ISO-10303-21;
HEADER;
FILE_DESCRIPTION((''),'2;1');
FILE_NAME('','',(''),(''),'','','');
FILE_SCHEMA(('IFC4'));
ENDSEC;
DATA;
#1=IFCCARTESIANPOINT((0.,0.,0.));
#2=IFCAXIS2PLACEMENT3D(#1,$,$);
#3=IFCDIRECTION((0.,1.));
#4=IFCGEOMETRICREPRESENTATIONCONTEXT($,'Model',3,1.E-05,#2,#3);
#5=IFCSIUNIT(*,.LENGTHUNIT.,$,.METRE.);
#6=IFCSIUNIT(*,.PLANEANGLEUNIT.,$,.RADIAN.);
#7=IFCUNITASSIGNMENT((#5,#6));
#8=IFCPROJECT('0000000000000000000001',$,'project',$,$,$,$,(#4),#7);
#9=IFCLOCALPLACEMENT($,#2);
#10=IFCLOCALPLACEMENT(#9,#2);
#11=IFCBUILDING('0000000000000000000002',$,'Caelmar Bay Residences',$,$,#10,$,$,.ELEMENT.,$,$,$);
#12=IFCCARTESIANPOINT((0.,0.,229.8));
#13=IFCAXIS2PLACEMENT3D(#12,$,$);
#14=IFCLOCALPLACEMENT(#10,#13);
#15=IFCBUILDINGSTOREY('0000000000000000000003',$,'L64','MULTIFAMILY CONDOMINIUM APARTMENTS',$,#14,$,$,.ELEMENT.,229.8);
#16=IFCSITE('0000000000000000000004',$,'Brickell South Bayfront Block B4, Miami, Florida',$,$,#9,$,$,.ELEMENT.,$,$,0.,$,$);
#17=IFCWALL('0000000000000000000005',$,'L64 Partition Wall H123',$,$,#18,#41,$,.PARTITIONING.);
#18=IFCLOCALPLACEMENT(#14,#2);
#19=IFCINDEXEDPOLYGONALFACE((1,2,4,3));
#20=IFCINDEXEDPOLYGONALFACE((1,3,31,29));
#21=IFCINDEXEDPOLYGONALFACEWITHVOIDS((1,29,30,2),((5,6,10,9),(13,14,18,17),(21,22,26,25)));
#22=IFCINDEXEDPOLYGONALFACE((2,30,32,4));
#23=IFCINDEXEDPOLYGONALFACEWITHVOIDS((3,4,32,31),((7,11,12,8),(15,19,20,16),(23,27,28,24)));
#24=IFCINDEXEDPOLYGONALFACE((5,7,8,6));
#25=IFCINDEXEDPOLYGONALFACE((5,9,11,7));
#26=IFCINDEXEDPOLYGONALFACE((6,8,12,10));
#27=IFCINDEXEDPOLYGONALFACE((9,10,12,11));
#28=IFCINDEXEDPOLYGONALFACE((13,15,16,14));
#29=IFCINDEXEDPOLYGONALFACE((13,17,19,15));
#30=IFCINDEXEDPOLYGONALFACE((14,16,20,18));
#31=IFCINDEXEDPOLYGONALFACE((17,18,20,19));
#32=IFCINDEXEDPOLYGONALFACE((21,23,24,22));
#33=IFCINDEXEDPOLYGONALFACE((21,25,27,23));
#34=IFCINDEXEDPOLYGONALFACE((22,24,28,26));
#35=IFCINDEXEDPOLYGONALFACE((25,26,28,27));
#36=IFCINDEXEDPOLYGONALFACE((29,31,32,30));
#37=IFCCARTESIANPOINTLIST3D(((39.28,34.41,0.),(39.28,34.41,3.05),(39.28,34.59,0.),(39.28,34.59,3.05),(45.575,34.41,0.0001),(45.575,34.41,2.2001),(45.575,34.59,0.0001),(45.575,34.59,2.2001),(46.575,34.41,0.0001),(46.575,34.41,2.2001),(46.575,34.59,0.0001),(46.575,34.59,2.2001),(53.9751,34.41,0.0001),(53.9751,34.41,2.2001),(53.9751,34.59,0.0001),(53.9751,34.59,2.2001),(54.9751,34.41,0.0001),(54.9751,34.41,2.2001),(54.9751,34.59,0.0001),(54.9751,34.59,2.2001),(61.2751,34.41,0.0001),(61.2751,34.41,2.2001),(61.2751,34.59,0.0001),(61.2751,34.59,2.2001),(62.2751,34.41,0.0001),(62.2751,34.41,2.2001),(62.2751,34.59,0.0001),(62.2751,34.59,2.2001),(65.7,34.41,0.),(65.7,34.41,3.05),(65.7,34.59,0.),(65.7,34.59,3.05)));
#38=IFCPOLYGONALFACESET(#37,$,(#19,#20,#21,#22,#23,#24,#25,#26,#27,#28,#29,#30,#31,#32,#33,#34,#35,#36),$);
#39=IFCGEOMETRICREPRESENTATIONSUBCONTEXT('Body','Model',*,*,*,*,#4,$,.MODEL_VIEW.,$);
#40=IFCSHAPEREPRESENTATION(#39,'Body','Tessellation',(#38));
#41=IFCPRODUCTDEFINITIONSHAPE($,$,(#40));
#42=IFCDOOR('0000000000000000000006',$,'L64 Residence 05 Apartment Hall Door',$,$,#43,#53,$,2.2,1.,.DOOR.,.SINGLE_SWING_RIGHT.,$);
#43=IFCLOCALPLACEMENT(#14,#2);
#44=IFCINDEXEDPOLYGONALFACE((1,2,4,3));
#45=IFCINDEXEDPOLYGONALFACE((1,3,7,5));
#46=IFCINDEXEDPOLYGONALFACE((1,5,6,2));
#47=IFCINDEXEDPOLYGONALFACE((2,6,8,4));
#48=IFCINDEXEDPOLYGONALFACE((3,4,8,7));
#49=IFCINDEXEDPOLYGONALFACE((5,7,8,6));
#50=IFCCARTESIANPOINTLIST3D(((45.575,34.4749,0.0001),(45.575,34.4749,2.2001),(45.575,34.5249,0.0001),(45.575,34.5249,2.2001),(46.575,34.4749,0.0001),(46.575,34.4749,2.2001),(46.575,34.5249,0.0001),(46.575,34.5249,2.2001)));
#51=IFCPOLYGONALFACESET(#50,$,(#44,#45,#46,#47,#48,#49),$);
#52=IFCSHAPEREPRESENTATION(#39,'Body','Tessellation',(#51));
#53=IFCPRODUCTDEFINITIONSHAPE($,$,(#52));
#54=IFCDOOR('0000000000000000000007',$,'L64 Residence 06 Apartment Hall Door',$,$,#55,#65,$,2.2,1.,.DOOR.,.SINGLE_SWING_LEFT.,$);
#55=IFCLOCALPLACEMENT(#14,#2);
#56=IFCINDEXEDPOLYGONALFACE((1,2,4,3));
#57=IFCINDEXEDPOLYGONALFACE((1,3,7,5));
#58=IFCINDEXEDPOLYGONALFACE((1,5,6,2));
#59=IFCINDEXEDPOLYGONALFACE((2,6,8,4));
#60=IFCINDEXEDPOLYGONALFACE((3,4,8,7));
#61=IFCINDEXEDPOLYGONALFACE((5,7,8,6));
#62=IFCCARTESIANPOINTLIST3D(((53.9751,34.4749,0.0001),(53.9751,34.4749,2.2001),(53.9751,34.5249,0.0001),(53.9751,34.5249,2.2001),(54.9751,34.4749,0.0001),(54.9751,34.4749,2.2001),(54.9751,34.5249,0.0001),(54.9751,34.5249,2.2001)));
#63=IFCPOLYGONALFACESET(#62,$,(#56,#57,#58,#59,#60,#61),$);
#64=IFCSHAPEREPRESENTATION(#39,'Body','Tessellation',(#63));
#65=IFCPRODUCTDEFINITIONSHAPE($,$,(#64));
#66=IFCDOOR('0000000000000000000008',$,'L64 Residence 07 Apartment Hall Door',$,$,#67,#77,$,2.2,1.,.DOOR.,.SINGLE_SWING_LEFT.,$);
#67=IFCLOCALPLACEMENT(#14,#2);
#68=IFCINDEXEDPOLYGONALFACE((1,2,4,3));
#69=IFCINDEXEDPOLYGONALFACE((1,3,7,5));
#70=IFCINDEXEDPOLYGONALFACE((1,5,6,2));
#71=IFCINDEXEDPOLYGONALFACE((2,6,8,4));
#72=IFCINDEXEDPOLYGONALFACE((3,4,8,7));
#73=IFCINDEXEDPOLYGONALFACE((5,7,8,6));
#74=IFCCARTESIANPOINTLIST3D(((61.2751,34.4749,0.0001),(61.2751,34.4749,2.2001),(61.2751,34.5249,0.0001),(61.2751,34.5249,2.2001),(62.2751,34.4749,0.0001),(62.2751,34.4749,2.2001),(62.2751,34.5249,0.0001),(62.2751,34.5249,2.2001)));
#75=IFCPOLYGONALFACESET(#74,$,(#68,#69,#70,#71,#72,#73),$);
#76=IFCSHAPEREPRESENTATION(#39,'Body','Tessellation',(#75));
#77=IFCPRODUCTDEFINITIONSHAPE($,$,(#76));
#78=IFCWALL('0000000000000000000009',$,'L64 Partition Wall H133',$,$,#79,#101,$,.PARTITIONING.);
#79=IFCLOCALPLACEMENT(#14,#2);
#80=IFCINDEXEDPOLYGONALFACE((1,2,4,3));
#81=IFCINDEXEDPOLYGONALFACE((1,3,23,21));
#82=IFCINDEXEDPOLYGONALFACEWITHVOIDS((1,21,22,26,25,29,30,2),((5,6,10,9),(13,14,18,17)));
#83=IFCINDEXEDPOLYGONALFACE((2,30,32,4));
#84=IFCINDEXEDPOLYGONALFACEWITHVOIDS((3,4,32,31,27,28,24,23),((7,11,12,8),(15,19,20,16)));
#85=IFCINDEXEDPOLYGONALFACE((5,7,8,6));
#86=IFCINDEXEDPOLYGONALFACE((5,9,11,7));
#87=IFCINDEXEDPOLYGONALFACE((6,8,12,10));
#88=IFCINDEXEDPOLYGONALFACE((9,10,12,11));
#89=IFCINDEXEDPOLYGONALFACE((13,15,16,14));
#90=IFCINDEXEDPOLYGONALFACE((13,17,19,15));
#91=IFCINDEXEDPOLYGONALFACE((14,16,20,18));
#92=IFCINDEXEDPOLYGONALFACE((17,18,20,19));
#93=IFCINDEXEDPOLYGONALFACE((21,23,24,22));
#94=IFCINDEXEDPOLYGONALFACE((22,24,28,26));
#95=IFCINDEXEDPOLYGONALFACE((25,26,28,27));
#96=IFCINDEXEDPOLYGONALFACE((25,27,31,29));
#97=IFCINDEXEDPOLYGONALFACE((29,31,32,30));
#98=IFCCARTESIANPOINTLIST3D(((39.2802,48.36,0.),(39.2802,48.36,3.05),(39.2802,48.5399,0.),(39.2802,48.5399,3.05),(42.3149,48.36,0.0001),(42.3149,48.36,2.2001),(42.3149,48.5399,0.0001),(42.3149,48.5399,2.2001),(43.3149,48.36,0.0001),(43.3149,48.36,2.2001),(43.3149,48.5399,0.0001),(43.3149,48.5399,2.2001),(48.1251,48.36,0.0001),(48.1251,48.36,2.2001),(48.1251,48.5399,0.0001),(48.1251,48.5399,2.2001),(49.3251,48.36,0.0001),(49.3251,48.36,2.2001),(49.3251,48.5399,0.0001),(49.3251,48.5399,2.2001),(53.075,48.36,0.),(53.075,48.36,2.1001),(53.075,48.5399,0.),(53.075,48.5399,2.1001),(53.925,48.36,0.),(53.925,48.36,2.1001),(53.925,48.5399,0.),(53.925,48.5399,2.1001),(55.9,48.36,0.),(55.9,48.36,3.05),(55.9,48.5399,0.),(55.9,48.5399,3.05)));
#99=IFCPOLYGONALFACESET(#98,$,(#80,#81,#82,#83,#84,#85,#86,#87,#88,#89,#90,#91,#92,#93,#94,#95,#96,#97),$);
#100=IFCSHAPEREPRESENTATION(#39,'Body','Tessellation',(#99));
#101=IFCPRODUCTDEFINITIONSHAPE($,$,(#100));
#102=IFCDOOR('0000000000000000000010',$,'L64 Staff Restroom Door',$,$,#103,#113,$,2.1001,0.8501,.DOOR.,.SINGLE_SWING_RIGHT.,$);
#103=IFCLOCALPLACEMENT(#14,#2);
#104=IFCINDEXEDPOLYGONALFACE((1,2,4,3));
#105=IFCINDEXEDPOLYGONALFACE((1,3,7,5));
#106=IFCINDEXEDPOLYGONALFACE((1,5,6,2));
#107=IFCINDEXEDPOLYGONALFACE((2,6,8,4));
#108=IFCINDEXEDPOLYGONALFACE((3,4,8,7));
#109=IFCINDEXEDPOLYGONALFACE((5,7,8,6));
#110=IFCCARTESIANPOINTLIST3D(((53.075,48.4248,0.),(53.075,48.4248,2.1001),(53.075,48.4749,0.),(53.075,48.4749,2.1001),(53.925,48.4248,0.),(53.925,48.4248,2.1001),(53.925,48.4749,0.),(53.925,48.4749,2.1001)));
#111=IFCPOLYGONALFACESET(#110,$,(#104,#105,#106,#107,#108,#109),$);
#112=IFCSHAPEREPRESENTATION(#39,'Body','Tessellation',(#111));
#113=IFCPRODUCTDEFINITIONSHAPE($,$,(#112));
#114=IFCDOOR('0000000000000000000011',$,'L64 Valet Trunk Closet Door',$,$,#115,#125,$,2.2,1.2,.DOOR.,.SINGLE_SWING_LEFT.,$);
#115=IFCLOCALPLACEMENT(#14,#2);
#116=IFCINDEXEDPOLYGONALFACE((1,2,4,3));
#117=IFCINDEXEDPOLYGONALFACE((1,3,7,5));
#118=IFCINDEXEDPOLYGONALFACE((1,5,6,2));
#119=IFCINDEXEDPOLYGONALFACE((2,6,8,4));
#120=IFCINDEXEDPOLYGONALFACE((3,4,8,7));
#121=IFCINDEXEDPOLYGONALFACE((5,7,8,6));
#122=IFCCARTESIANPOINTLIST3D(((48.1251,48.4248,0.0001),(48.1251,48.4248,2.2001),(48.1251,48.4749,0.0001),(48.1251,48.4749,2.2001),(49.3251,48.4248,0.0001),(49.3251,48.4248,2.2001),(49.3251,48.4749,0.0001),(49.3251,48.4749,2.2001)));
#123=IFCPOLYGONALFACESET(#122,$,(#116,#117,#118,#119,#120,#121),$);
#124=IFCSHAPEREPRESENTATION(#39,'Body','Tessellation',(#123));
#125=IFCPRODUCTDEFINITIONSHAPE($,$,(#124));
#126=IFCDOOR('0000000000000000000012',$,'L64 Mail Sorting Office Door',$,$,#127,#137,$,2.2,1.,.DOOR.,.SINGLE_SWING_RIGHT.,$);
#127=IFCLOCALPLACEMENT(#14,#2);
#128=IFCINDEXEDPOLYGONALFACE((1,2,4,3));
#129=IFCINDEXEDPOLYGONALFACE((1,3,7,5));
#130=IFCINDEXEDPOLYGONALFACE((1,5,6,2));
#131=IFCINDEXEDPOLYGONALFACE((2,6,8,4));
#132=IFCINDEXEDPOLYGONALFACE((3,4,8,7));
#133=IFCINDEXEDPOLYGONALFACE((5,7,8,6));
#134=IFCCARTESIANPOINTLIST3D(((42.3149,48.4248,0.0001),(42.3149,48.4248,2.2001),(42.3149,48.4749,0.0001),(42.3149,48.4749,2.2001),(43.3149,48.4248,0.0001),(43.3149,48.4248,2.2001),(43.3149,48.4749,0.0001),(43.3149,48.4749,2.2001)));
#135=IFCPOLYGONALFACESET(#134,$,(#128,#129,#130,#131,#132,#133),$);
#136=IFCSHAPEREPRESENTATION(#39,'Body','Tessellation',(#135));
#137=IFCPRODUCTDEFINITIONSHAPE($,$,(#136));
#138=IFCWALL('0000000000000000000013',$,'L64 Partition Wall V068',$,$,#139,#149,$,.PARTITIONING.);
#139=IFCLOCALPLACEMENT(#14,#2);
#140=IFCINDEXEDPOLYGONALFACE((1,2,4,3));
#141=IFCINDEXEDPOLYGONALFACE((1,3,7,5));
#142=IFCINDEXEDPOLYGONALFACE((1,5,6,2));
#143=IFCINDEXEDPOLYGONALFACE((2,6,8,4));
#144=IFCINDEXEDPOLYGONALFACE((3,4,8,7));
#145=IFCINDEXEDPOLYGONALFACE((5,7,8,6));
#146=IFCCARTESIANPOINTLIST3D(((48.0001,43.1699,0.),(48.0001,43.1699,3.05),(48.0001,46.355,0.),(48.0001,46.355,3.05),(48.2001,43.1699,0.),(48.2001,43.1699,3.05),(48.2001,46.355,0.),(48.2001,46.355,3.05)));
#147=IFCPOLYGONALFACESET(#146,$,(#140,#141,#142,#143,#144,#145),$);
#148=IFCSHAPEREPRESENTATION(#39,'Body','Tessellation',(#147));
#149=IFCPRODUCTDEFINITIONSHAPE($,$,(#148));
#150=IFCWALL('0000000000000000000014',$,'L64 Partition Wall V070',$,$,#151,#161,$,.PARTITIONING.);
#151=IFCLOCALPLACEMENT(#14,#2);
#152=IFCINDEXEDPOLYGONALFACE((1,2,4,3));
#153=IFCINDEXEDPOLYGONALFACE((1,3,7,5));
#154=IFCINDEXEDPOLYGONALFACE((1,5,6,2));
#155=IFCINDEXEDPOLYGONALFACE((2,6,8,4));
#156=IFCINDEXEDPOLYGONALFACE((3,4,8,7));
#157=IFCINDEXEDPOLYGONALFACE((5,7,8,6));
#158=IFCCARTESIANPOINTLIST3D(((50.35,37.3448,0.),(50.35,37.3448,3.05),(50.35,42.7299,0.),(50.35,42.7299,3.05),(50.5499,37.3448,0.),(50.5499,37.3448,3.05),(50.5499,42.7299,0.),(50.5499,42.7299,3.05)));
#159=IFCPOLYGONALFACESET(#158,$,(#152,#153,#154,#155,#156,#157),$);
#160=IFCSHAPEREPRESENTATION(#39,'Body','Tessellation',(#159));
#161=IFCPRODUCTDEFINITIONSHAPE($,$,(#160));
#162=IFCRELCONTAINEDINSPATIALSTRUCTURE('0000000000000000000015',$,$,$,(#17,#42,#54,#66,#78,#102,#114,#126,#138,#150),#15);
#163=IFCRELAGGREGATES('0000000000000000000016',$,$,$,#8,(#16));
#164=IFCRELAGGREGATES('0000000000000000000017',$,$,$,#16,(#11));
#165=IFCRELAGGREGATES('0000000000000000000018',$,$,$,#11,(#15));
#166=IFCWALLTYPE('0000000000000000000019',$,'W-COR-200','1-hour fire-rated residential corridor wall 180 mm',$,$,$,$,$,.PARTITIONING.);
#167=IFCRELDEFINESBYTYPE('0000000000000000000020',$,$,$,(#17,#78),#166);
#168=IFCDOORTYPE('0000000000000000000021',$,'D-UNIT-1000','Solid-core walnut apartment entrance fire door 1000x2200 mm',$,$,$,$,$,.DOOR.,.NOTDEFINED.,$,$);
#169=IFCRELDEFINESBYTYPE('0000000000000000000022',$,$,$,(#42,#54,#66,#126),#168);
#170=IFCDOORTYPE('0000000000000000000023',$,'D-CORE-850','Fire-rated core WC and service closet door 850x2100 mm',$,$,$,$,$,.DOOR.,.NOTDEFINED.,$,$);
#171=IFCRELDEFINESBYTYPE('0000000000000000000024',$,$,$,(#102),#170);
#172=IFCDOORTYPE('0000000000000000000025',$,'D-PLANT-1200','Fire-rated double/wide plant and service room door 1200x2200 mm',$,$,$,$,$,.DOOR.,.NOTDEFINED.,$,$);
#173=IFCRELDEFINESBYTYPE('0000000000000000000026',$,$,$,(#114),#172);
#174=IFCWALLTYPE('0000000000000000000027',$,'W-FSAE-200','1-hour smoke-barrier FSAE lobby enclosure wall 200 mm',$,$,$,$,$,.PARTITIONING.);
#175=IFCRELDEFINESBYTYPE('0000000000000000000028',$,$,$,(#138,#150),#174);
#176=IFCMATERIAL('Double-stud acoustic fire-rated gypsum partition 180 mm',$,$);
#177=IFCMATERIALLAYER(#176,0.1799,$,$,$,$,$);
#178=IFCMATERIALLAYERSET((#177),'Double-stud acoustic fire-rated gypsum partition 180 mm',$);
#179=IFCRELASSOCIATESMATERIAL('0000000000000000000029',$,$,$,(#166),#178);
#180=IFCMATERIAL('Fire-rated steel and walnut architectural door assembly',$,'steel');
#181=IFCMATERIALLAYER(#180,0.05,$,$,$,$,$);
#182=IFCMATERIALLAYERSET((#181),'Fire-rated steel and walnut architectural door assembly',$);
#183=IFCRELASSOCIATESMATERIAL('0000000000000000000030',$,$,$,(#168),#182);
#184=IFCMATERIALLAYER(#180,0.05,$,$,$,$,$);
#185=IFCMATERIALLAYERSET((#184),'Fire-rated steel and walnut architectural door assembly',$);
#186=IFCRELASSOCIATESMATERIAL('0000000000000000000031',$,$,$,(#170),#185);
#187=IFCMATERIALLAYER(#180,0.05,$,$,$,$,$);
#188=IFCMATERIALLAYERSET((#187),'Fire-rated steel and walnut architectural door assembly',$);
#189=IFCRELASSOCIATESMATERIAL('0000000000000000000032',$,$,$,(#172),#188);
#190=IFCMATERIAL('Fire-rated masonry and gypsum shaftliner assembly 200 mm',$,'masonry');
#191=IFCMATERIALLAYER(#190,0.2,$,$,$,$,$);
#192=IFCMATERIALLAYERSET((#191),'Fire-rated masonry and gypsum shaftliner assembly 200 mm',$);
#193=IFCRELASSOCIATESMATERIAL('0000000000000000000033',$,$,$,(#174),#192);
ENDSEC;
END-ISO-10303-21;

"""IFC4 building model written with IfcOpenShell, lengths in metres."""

from ifc_helpers import new_model, si_unit, direction, frame, frame_2d, origin, place, context, subcontext, project, spatial, rectangle, extrude, material, layer, layer_set, type_object, element, fill, save


model = new_model("IFC4")

# Units and contexts
model_context = context("Model", 3, precision=1e-05, world=origin(), true_north=direction((0.0, 1.0)))
body_context = subcontext(model_context, "Body", "Model", "MODEL_VIEW")
ifc_project = project(units=[si_unit("LENGTHUNIT", "METRE"), si_unit("PLANEANGLEUNIT", "RADIAN")], contexts=[model_context])

# Site, building, storey
site_placement = place(None, origin())
site = spatial("IfcSite", under=ifc_project, at=site_placement, Name="Brickell South Bayfront Block B4, Miami, Florida", CompositionType="ELEMENT", RefElevation=0.0)
building_placement = place(site_placement, origin())
building = spatial("IfcBuilding", under=site, at=building_placement, Name="Caelmar Bay Residences", CompositionType="ELEMENT")
storey_placement = place(building_placement, frame((0.0, 0.0, 229.8)))
storey = spatial("IfcBuildingStorey", under=building, at=storey_placement, Name="L64", Description="MULTIFAMILY CONDOMINIUM APARTMENTS", CompositionType="ELEMENT", Elevation=229.8)

# Shared definitions
ifc_material_1 = material(Name="Double-stud acoustic fire-rated gypsum partition 180 mm")
ifc_layer_1 = layer(ifc_material_1, 0.1799)
ifc_layer_set_1 = layer_set([ifc_layer_1], Name="Double-stud acoustic fire-rated gypsum partition 180 mm")
wall_type_1 = type_object("IfcWallType", Name="W-COR-200", Description="1-hour fire-rated residential corridor wall 180 mm", PredefinedType="PARTITIONING", material=ifc_layer_set_1)

# Walls, openings, doors
wall_1_placement = place(storey_placement, frame((39.28, 34.5, 0.0), z_axis=(0.0, 0.0, 1.0), x_axis=(1.0, 0.0, 0.0)))
wall_1 = element("IfcWall", 1, at=wall_1_placement, inside=storey, type_object=wall_type_1, Name="L64 Partition Wall H123", PredefinedType="PARTITIONING", context=body_context, shape_type="SweptSolid", body=[
    extrude(rectangle(XDim=26.4199, YDim=0.1799, at=frame_2d((13.21, 0.0))), origin(), (0.0, 0.0, 1.0), 3.05),
])
opening_1_placement = place(wall_1_placement, frame((6.2949, 0.0, 0.0)))
opening_1 = element("IfcOpeningElement", 2, at=opening_1_placement, cuts=wall_1, PredefinedType="OPENING", context=body_context, shape_type="SweptSolid", body=[
    extrude(rectangle(XDim=1.0, YDim=2.2, at=frame_2d((0.5, 1.1001))), frame((0.0, 0.0999, 0.0), z_axis=(0.0, -1.0, 0.0), x_axis=(1.0, 0.0, 0.0)), (0.0, 0.0, 1.0), 0.2),
])
opening_2_placement = place(wall_1_placement, frame((14.6951, 0.0, 0.0)))
opening_2 = element("IfcOpeningElement", 3, at=opening_2_placement, cuts=wall_1, PredefinedType="OPENING", context=body_context, shape_type="SweptSolid", body=[
    extrude(rectangle(XDim=1.0, YDim=2.2, at=frame_2d((0.5, 1.1001))), frame((0.0, 0.0999, 0.0), z_axis=(0.0, -1.0, 0.0), x_axis=(1.0, 0.0, 0.0)), (0.0, 0.0, 1.0), 0.2),
])
opening_3_placement = place(wall_1_placement, frame((21.9951, 0.0, 0.0)))
opening_3 = element("IfcOpeningElement", 4, at=opening_3_placement, cuts=wall_1, PredefinedType="OPENING", context=body_context, shape_type="SweptSolid", body=[
    extrude(rectangle(XDim=1.0, YDim=2.2, at=frame_2d((0.5, 1.1001))), frame((0.0, 0.0999, 0.0), z_axis=(0.0, -1.0, 0.0), x_axis=(1.0, 0.0, 0.0)), (0.0, 0.0, 1.0), 0.2),
])
ifc_material_2 = material(Name="Fire-rated steel and walnut architectural door assembly", Category="steel")
ifc_layer_2 = layer(ifc_material_2, 0.05)
ifc_layer_set_2 = layer_set([ifc_layer_2], Name="Fire-rated steel and walnut architectural door assembly")
door_type_1 = type_object("IfcDoorType", Name="D-UNIT-1000", Description="Solid-core walnut apartment entrance fire door 1000x2200 mm", OperationType="NOTDEFINED", PredefinedType="DOOR", material=ifc_layer_set_2)
door_1_placement = place(opening_1_placement, origin())
door_1 = element("IfcDoor", 5, at=door_1_placement, inside=storey, type_object=door_type_1, Name="L64 Residence 05 Apartment Hall Door", OperationType="SINGLE_SWING_RIGHT", OverallHeight=2.2, OverallWidth=1.0, PredefinedType="DOOR", context=body_context, shape_type="SweptSolid", body=[
    extrude(rectangle(XDim=1.0, YDim=2.2, at=frame_2d((0.5, 1.1001))), frame((0.0, 0.0249, 0.0), z_axis=(0.0, -1.0, 0.0), x_axis=(1.0, 0.0, 0.0)), (0.0, 0.0, 1.0), 0.05),
])
fill(opening_1, door_1)
door_2_placement = place(opening_2_placement, origin())
door_2 = element("IfcDoor", 6, at=door_2_placement, inside=storey, type_object=door_type_1, Name="L64 Residence 06 Apartment Hall Door", OperationType="SINGLE_SWING_LEFT", OverallHeight=2.2, OverallWidth=1.0, PredefinedType="DOOR", context=body_context, shape_type="SweptSolid", body=[
    extrude(rectangle(XDim=1.0, YDim=2.2, at=frame_2d((0.5, 1.1001))), frame((0.0, 0.0249, 0.0), z_axis=(0.0, -1.0, 0.0), x_axis=(1.0, 0.0, 0.0)), (0.0, 0.0, 1.0), 0.05),
])
fill(opening_2, door_2)
door_3_placement = place(opening_3_placement, origin())
door_3 = element("IfcDoor", 7, at=door_3_placement, inside=storey, type_object=door_type_1, Name="L64 Residence 07 Apartment Hall Door", OperationType="SINGLE_SWING_LEFT", OverallHeight=2.2, OverallWidth=1.0, PredefinedType="DOOR", context=body_context, shape_type="SweptSolid", body=[
    extrude(rectangle(XDim=1.0, YDim=2.2, at=frame_2d((0.5, 1.1001))), frame((0.0, 0.0249, 0.0), z_axis=(0.0, -1.0, 0.0), x_axis=(1.0, 0.0, 0.0)), (0.0, 0.0, 1.0), 0.05),
])
fill(opening_3, door_3)
wall_2_placement = place(storey_placement, frame((39.28, 48.45, 0.0), z_axis=(0.0, 0.0, 1.0), x_axis=(1.0, 0.0, 0.0)))
wall_2 = element("IfcWall", 8, at=wall_2_placement, inside=storey, type_object=wall_type_1, Name="L64 Partition Wall H133", PredefinedType="PARTITIONING", context=body_context, shape_type="SweptSolid", body=[
    extrude(rectangle(XDim=16.6199, YDim=0.1799, at=frame_2d((8.3101, 0.0))), origin(), (0.0, 0.0, 1.0), 3.05),
])
opening_4_placement = place(wall_2_placement, frame((3.0349, 0.0, 0.0)))
opening_4 = element("IfcOpeningElement", 9, at=opening_4_placement, cuts=wall_2, PredefinedType="OPENING", context=body_context, shape_type="SweptSolid", body=[
    extrude(rectangle(XDim=1.0, YDim=2.2, at=frame_2d((0.5, 1.1001))), frame((0.0, 0.0999, 0.0), z_axis=(0.0, -1.0, 0.0), x_axis=(1.0, 0.0, 0.0)), (0.0, 0.0, 1.0), 0.2),
])
opening_5_placement = place(wall_2_placement, frame((8.845, 0.0, 0.0)))
opening_5 = element("IfcOpeningElement", 10, at=opening_5_placement, cuts=wall_2, PredefinedType="OPENING", context=body_context, shape_type="SweptSolid", body=[
    extrude(rectangle(XDim=1.2, YDim=2.2, at=frame_2d((0.6001, 1.1001))), frame((0.0, 0.0999, 0.0), z_axis=(0.0, -1.0, 0.0), x_axis=(1.0, 0.0, 0.0)), (0.0, 0.0, 1.0), 0.2),
])
opening_6_placement = place(wall_2_placement, frame((13.7949, 0.0, 0.0)))
opening_6 = element("IfcOpeningElement", 11, at=opening_6_placement, cuts=wall_2, PredefinedType="OPENING", context=body_context, shape_type="SweptSolid", body=[
    extrude(rectangle(XDim=0.8501, YDim=2.1001, at=frame_2d((0.425, 1.05))), frame((0.0, 0.0999, 0.0), z_axis=(0.0, -1.0, 0.0), x_axis=(1.0, 0.0, 0.0)), (0.0, 0.0, 1.0), 0.2),
])
ifc_layer_3 = layer(ifc_material_2, 0.05)
ifc_layer_set_3 = layer_set([ifc_layer_3], Name="Fire-rated steel and walnut architectural door assembly")
door_type_2 = type_object("IfcDoorType", Name="D-CORE-850", Description="Fire-rated core WC and service closet door 850x2100 mm", OperationType="NOTDEFINED", PredefinedType="DOOR", material=ifc_layer_set_3)
door_4_placement = place(opening_6_placement, origin())
door_4 = element("IfcDoor", 12, at=door_4_placement, inside=storey, type_object=door_type_2, Name="L64 Staff Restroom Door", OperationType="SINGLE_SWING_RIGHT", OverallHeight=2.1001, OverallWidth=0.8501, PredefinedType="DOOR", context=body_context, shape_type="SweptSolid", body=[
    extrude(rectangle(XDim=0.8501, YDim=2.1001, at=frame_2d((0.425, 1.05))), frame((0.0, 0.0249, 0.0), z_axis=(0.0, -1.0, 0.0), x_axis=(1.0, 0.0, 0.0)), (0.0, 0.0, 1.0), 0.05),
])
fill(opening_6, door_4)
ifc_layer_4 = layer(ifc_material_2, 0.05)
ifc_layer_set_4 = layer_set([ifc_layer_4], Name="Fire-rated steel and walnut architectural door assembly")
door_type_3 = type_object("IfcDoorType", Name="D-PLANT-1200", Description="Fire-rated double/wide plant and service room door 1200x2200 mm", OperationType="NOTDEFINED", PredefinedType="DOOR", material=ifc_layer_set_4)
door_5_placement = place(opening_5_placement, origin())
door_5 = element("IfcDoor", 13, at=door_5_placement, inside=storey, type_object=door_type_3, Name="L64 Valet Trunk Closet Door", OperationType="SINGLE_SWING_LEFT", OverallHeight=2.2, OverallWidth=1.2, PredefinedType="DOOR", context=body_context, shape_type="SweptSolid", body=[
    extrude(rectangle(XDim=1.2, YDim=2.2, at=frame_2d((0.6001, 1.1001))), frame((0.0, 0.0249, 0.0), z_axis=(0.0, -1.0, 0.0), x_axis=(1.0, 0.0, 0.0)), (0.0, 0.0, 1.0), 0.05),
])
fill(opening_5, door_5)
door_6_placement = place(opening_4_placement, origin())
door_6 = element("IfcDoor", 14, at=door_6_placement, inside=storey, type_object=door_type_1, Name="L64 Mail Sorting Office Door", OperationType="SINGLE_SWING_RIGHT", OverallHeight=2.2, OverallWidth=1.0, PredefinedType="DOOR", context=body_context, shape_type="SweptSolid", body=[
    extrude(rectangle(XDim=1.0, YDim=2.2, at=frame_2d((0.5, 1.1001))), frame((0.0, 0.0249, 0.0), z_axis=(0.0, -1.0, 0.0), x_axis=(1.0, 0.0, 0.0)), (0.0, 0.0, 1.0), 0.05),
])
fill(opening_4, door_6)

# Walls
ifc_material_3 = material(Name="Fire-rated masonry and gypsum shaftliner assembly 200 mm", Category="masonry")
ifc_layer_5 = layer(ifc_material_3, 0.2)
ifc_layer_set_5 = layer_set([ifc_layer_5], Name="Fire-rated masonry and gypsum shaftliner assembly 200 mm")
wall_type_2 = type_object("IfcWallType", Name="W-FSAE-200", Description="1-hour smoke-barrier FSAE lobby enclosure wall 200 mm", PredefinedType="PARTITIONING", material=ifc_layer_set_5)
wall_3_placement = place(storey_placement, frame((48.1001, 43.1699, 0.0), z_axis=(0.0, 0.0, 1.0), x_axis=(0.0, 1.0, 0.0)))
element("IfcWall", 15, at=wall_3_placement, inside=storey, type_object=wall_type_2, Name="L64 Partition Wall V068", PredefinedType="PARTITIONING", context=body_context, shape_type="SweptSolid", body=[
    extrude(rectangle(XDim=3.1851, YDim=0.2, at=frame_2d((1.5925, 0.0))), origin(), (0.0, 0.0, 1.0), 3.05),
])
wall_4_placement = place(storey_placement, frame((50.45, 37.345, 0.0), z_axis=(0.0, 0.0, 1.0), x_axis=(0.0, 1.0, 0.0)))
element("IfcWall", 16, at=wall_4_placement, inside=storey, type_object=wall_type_2, Name="L64 Partition Wall V070", PredefinedType="PARTITIONING", context=body_context, shape_type="SweptSolid", body=[
    extrude(rectangle(XDim=5.385, YDim=0.2, at=frame_2d((2.6924, 0.0))), origin(), (0.0, 0.0, 1.0), 3.05),
])

save(model, "model.ifc")
